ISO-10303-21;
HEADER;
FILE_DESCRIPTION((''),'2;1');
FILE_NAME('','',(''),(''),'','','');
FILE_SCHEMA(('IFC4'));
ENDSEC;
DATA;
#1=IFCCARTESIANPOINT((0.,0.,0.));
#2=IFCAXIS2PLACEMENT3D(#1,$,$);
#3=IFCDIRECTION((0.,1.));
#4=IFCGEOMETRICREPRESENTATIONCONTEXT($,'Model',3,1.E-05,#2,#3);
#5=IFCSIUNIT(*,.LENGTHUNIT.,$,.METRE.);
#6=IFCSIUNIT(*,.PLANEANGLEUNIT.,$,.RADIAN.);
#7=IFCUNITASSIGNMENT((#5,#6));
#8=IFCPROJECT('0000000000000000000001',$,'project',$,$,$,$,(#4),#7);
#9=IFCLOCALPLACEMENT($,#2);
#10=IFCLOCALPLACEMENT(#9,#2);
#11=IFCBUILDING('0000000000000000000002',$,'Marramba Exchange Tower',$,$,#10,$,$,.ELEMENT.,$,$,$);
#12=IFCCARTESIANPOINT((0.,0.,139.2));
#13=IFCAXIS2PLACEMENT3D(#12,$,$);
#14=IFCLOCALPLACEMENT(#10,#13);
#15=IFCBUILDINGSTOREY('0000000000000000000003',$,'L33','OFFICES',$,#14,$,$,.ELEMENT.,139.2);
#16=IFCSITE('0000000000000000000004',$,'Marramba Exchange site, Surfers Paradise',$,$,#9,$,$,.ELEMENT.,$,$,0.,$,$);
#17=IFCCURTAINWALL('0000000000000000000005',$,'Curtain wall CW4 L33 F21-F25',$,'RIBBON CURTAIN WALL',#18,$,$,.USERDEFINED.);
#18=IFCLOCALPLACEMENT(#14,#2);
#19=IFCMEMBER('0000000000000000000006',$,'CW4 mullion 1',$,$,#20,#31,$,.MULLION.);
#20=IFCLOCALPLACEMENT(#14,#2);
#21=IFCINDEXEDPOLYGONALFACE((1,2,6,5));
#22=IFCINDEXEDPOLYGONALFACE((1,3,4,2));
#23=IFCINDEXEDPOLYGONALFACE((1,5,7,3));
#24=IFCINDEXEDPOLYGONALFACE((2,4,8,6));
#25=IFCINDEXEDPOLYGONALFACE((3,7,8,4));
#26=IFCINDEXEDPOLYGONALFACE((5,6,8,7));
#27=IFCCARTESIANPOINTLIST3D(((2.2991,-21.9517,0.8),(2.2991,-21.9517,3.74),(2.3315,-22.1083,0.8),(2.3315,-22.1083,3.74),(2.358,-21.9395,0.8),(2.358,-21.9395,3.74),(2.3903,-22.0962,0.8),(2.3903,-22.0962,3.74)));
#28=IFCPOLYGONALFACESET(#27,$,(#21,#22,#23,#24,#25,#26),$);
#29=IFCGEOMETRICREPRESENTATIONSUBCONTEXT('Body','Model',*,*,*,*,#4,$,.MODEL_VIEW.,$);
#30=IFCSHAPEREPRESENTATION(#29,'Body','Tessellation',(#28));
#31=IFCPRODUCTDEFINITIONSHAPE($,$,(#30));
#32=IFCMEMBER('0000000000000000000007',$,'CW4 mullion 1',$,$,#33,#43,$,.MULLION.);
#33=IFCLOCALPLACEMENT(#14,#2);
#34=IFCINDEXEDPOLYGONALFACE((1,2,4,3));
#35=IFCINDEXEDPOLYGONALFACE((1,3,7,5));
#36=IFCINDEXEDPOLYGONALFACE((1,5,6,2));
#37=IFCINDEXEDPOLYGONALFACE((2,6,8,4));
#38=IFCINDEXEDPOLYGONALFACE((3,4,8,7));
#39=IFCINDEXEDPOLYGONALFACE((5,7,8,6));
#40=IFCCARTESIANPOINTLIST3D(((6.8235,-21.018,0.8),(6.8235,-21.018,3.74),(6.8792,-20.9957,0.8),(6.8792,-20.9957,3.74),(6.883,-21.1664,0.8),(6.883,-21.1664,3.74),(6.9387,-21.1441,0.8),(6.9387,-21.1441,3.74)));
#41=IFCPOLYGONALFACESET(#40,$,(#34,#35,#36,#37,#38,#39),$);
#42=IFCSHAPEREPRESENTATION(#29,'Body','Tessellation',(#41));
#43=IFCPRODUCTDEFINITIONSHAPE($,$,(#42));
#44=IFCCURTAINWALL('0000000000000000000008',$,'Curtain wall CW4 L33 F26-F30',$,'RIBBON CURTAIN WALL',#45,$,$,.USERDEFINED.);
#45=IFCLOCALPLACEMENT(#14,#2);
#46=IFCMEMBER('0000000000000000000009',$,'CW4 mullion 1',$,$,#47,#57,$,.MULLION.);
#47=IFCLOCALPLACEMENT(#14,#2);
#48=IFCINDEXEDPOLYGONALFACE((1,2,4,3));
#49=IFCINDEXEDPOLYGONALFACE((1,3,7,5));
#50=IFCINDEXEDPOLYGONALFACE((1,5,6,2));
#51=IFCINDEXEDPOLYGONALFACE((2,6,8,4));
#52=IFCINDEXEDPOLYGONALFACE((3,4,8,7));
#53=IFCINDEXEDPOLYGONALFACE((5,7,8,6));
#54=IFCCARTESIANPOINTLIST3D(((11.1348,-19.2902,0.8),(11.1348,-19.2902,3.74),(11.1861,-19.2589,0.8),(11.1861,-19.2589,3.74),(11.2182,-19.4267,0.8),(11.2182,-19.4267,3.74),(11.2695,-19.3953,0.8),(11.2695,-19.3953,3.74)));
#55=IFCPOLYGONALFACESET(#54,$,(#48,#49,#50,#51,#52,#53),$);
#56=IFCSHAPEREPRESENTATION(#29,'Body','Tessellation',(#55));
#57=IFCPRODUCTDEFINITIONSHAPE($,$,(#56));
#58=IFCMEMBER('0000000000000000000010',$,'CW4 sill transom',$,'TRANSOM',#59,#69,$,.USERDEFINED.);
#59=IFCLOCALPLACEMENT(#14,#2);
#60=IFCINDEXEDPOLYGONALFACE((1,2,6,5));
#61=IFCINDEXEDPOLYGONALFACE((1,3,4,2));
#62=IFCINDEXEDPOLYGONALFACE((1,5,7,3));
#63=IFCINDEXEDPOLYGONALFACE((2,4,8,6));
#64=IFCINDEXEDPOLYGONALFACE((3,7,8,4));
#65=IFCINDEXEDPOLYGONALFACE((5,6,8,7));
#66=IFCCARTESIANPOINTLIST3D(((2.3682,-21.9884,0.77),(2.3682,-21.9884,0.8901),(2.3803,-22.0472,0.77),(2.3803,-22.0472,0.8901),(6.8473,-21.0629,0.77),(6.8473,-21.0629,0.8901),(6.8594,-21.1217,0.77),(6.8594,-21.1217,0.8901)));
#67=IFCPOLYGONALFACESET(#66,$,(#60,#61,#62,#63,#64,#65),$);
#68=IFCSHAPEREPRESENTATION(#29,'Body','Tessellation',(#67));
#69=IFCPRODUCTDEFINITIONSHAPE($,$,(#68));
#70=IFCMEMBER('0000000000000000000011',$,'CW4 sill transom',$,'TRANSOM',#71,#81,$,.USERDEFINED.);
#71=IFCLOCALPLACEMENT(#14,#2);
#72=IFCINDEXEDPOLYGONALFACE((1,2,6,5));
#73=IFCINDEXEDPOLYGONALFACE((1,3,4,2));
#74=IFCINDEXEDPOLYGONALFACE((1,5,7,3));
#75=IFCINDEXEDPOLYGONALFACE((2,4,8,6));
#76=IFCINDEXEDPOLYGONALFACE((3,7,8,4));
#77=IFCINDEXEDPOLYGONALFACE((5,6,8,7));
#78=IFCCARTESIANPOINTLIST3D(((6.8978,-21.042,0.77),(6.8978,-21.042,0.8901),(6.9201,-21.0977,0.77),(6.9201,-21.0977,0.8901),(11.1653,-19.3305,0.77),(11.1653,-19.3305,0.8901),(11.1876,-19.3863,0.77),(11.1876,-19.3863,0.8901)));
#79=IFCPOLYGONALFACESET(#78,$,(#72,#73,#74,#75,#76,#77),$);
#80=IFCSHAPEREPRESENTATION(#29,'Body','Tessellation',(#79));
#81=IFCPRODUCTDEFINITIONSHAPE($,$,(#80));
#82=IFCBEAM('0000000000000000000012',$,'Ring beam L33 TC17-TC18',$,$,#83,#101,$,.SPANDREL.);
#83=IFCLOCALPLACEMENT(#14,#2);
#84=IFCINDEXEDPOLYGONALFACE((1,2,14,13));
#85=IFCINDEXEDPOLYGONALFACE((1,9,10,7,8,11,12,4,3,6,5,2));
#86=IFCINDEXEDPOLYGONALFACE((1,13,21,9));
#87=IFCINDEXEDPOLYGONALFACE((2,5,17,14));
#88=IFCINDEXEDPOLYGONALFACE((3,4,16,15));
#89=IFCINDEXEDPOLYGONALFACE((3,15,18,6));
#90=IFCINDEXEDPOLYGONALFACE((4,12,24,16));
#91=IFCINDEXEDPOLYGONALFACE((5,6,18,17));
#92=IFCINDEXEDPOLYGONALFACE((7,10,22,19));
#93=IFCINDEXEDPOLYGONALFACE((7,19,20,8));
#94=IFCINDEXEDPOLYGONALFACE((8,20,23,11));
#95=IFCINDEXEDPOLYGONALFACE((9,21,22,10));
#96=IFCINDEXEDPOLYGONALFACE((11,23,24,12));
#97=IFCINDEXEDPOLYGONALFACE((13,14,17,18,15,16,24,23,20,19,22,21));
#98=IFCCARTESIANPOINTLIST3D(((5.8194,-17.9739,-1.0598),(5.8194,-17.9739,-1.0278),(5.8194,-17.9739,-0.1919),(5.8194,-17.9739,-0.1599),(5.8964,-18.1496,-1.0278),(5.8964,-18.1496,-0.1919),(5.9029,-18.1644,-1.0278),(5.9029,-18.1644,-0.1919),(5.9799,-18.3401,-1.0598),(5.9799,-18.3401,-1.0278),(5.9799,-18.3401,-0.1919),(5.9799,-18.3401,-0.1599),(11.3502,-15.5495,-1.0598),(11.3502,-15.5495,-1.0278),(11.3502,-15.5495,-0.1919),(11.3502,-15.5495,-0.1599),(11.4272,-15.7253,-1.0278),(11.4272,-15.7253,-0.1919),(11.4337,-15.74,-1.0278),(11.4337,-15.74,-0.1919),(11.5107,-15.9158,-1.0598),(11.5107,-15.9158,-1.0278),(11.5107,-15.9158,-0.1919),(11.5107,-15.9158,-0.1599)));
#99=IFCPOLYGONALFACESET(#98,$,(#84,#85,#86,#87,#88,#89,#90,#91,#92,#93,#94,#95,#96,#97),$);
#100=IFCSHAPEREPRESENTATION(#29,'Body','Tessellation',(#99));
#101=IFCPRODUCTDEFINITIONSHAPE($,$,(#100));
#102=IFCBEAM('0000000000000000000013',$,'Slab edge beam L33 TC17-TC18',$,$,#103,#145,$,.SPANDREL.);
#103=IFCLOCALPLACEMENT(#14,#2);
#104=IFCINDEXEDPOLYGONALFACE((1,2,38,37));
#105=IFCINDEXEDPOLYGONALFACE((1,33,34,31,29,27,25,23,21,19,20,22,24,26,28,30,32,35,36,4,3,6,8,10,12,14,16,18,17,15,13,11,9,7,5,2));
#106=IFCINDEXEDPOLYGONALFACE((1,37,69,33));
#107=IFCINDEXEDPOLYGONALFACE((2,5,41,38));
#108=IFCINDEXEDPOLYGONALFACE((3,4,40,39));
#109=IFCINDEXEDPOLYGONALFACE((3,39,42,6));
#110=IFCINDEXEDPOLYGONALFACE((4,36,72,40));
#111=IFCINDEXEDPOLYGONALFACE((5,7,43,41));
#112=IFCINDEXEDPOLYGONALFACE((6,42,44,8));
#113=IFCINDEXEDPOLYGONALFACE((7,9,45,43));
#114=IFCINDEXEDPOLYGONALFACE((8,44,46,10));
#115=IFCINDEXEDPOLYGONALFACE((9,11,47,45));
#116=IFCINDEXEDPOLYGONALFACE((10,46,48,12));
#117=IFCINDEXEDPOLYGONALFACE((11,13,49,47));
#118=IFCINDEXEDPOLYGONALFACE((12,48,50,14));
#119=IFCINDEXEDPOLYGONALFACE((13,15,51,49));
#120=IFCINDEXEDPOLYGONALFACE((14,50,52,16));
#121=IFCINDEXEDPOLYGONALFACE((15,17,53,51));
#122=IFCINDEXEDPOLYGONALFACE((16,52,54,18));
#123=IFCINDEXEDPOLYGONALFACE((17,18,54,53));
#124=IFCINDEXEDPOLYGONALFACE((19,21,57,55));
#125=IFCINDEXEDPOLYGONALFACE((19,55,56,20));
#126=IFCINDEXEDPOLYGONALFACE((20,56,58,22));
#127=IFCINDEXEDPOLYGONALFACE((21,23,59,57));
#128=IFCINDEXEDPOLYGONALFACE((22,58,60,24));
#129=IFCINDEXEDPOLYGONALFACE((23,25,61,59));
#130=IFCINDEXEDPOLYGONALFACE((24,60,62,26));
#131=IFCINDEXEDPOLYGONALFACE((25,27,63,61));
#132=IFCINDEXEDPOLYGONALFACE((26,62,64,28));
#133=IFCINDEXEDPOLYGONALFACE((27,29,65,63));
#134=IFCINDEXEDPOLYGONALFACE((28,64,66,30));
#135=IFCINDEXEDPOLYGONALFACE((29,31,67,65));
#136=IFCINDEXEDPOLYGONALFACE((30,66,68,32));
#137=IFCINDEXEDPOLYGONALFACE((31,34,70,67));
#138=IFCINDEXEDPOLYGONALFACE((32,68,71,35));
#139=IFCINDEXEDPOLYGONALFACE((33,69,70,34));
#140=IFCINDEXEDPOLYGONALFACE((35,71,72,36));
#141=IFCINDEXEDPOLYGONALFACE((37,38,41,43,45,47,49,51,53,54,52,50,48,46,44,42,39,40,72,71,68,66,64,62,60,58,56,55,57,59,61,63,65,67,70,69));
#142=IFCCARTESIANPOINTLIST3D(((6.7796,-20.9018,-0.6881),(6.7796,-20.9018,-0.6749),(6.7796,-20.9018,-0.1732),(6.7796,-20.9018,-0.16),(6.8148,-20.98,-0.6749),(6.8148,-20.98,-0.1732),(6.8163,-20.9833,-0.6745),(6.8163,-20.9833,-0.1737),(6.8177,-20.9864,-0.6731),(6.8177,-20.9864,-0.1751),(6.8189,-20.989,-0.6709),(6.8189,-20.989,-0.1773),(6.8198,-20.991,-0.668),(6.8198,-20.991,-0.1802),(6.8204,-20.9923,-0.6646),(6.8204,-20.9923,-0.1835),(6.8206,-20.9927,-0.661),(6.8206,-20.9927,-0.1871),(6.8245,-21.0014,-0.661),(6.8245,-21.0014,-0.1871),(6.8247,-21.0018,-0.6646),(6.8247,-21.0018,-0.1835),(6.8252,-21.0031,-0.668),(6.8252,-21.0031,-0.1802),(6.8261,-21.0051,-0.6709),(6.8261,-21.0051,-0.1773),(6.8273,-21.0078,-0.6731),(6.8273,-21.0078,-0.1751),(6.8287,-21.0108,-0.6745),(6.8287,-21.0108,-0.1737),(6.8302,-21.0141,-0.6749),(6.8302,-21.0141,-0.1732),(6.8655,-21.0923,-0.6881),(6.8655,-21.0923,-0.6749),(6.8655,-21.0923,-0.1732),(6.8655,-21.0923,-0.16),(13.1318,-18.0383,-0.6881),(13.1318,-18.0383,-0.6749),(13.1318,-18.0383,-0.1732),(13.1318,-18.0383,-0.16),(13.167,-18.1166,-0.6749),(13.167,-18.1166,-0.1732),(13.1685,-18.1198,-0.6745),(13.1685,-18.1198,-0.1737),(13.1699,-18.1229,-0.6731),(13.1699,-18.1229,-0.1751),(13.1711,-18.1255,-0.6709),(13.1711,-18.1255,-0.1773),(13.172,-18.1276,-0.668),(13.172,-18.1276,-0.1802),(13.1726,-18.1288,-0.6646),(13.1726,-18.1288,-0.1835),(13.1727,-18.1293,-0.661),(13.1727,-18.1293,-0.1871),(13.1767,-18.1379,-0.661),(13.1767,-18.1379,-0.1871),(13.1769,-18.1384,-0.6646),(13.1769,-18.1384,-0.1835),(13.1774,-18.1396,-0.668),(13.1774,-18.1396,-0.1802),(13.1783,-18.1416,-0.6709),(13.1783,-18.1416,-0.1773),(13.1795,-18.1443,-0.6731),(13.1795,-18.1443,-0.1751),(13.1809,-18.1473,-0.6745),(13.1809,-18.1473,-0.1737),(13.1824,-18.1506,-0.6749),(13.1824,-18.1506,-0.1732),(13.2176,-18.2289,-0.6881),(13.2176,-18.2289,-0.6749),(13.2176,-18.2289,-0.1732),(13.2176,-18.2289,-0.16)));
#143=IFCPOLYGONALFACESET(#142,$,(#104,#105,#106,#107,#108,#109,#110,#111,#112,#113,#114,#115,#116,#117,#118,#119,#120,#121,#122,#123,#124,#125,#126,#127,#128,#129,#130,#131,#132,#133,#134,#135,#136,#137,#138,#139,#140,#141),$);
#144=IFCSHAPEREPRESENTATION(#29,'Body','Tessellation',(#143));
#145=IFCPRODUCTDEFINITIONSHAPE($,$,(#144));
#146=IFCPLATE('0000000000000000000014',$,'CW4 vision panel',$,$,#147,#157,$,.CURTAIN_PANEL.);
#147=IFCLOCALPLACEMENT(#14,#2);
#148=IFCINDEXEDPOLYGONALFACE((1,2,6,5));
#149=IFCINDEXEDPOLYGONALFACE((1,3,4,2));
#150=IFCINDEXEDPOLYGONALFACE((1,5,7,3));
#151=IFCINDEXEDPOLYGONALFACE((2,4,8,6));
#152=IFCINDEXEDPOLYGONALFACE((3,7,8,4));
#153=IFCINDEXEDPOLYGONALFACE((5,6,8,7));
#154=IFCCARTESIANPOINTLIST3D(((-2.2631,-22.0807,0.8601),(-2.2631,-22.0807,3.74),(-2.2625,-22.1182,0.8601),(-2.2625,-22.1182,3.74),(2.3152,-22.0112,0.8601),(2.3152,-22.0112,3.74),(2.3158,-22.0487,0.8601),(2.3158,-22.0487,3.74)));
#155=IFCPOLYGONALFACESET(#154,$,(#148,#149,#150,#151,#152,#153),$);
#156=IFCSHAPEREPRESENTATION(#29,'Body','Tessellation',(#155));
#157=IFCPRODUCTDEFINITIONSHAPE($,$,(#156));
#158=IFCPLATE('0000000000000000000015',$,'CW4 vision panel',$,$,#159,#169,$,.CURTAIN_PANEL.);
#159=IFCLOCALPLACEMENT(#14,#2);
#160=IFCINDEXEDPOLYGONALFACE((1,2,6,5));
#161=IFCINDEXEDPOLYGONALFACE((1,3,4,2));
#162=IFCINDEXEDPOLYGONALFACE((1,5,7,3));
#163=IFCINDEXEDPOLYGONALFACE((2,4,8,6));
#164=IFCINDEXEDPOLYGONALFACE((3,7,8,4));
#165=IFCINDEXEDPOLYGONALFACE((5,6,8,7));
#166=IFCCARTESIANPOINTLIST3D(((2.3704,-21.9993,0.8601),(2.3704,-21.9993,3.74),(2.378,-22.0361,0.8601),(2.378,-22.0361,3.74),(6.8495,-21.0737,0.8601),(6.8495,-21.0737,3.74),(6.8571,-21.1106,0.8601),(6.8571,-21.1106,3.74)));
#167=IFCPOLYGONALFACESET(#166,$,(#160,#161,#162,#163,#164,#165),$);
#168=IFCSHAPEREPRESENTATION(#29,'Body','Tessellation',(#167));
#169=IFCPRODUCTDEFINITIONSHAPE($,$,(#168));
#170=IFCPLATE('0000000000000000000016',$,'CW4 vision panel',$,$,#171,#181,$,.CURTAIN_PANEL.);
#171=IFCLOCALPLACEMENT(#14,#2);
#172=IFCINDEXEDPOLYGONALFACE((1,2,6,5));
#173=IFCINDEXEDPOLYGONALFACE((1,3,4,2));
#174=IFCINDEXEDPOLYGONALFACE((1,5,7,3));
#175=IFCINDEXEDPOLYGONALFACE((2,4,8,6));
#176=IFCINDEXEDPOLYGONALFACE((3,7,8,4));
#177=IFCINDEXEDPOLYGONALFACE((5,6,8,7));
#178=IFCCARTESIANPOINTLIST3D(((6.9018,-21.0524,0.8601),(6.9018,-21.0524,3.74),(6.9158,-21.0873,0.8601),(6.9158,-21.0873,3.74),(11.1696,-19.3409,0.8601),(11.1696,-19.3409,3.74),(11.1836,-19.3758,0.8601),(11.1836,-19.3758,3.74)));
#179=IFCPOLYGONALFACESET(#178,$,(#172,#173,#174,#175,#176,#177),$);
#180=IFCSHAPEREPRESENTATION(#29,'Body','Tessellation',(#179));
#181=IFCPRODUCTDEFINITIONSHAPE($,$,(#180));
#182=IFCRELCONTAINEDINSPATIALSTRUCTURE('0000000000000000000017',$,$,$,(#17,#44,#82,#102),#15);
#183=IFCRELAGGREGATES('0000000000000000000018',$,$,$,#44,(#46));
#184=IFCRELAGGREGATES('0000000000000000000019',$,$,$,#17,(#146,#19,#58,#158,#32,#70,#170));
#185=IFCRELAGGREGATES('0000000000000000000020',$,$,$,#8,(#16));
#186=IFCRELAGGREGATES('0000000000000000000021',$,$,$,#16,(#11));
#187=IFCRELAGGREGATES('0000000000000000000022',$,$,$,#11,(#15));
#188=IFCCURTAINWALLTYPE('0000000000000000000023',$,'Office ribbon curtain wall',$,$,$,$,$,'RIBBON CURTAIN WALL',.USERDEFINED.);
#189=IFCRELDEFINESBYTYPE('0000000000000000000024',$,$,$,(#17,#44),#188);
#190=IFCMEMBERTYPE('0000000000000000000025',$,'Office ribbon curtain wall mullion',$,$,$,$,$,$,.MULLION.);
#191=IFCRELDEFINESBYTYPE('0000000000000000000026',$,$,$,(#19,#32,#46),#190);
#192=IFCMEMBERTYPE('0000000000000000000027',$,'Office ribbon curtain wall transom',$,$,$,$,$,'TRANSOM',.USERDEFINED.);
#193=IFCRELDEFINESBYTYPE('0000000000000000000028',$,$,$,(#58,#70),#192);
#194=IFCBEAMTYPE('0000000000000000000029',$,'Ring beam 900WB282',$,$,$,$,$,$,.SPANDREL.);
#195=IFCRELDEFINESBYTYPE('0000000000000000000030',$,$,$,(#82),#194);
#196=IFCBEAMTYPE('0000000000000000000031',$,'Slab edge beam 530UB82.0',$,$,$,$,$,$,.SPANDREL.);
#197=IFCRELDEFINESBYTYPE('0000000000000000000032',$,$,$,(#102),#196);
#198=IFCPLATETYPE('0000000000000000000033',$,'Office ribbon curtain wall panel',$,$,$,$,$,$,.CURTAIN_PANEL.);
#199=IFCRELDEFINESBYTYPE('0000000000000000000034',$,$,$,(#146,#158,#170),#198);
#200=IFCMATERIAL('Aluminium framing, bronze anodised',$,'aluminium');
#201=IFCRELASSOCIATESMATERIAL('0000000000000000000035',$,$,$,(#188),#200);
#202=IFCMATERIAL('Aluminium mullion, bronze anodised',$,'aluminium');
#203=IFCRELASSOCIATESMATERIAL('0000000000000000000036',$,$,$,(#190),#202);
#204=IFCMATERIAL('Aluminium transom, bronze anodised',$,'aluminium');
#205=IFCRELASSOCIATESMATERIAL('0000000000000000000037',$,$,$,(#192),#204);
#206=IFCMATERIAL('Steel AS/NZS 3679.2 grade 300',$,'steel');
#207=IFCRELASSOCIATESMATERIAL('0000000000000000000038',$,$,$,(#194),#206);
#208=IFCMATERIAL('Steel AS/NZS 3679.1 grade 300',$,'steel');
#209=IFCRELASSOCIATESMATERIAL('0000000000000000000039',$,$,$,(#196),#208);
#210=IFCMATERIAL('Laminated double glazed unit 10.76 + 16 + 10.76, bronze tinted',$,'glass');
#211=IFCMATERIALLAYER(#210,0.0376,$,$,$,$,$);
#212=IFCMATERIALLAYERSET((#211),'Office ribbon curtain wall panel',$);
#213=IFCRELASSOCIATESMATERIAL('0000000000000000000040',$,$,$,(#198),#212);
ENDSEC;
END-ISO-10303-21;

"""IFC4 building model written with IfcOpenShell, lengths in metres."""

from ifc_helpers import new_model, si_unit, direction, frame, origin, origin_2d, place, context, subcontext, project, spatial, rectangle, i_section, extrude, material, layer, layer_set, material_profile, profile_set, type_object, element, aggregate, save


model = new_model("IFC4")

# Units and contexts
model_context = context("Model", 3, precision=1e-05, world=origin(), true_north=direction((0.0, 1.0)))
body_context = subcontext(model_context, "Body", "Model", "MODEL_VIEW")
ifc_project = project(units=[si_unit("LENGTHUNIT", "METRE"), si_unit("PLANEANGLEUNIT", "RADIAN")], contexts=[model_context])

# Site, building, storey
site_placement = place(None, origin())
site = spatial("IfcSite", under=ifc_project, at=site_placement, Name="Marramba Exchange site, Surfers Paradise", CompositionType="ELEMENT", RefElevation=0.0)
building_placement = place(site_placement, origin())
building = spatial("IfcBuilding", under=site, at=building_placement, Name="Marramba Exchange Tower", CompositionType="ELEMENT")
storey_placement = place(building_placement, frame((0.0, 0.0, 139.2)))
storey = spatial("IfcBuildingStorey", under=building, at=storey_placement, Name="L33", Description="OFFICES", CompositionType="ELEMENT", Elevation=139.2)

# Shared definitions
ifc_material_1 = material(Name="Steel AS/NZS 3679.2 grade 300", Category="steel")
ifc_material_2 = material(Name="Steel AS/NZS 3679.1 grade 300", Category="steel")

# Curtain wall, members
ifc_material_3 = material(Name="Aluminium framing, bronze anodised", Category="aluminium")
curtain_wall_type = type_object("IfcCurtainWallType", Name="Office ribbon curtain wall", ElementType="RIBBON CURTAIN WALL", PredefinedType="USERDEFINED", material=ifc_material_3)
curtain_wall_1_placement = place(storey_placement, origin())
curtain_wall_1 = element("IfcCurtainWall", 1, at=curtain_wall_1_placement, inside=storey, type_object=curtain_wall_type, Name="Curtain wall CW4 L33 F21-F25", ObjectType="RIBBON CURTAIN WALL", PredefinedType="USERDEFINED")
ifc_material_4 = material(Name="Aluminium mullion, bronze anodised", Category="aluminium")
ifc_material_profile_1 = material_profile(ifc_material_4, rectangle(XDim=0.1599, YDim=0.0601, at=origin_2d()), Name="CW4 mullion 60x160")
ifc_profile_set_1 = profile_set([ifc_material_profile_1], Name="Aluminium mullion, bronze anodised")
member_type_1 = type_object("IfcMemberType", Name="Office ribbon curtain wall mullion", PredefinedType="MULLION", material=ifc_profile_set_1)
member_1_placement = place(storey_placement, frame((2.3447, -22.0239, 0.8), z_axis=(0.0, 0.0, 1.0), x_axis=(-0.202365, 0.97931, 0.0)))
member_1 = element("IfcMember", 2, at=member_1_placement, type_object=member_type_1, Name="CW4 mullion 1", PredefinedType="MULLION", context=body_context, shape_type="SweptSolid", body=[
    extrude(rectangle(XDim=0.1599, YDim=0.0601, at=origin_2d()), origin(), (0.0, 0.0, 1.0), 2.9399),
])
member_2_placement = place(storey_placement, frame((6.8811, -21.0811, 0.8), z_axis=(0.0, 0.0, 1.0), x_axis=(-0.372209, 0.928149, 0.0)))
member_2 = element("IfcMember", 3, at=member_2_placement, type_object=member_type_1, Name="CW4 mullion 1", PredefinedType="MULLION", context=body_context, shape_type="SweptSolid", body=[
    extrude(rectangle(XDim=0.1599, YDim=0.0601, at=origin_2d()), origin(), (0.0, 0.0, 1.0), 2.9399),
])

# Curtain wall, member
curtain_wall_2_placement = place(storey_placement, origin())
curtain_wall_2 = element("IfcCurtainWall", 4, at=curtain_wall_2_placement, inside=storey, type_object=curtain_wall_type, Name="Curtain wall CW4 L33 F26-F30", ObjectType="RIBBON CURTAIN WALL", PredefinedType="USERDEFINED")
member_3_placement = place(storey_placement, frame((11.2021, -19.3428, 0.8), z_axis=(0.0, 0.0, 1.0), x_axis=(-0.521733, 0.853109, 0.0)))
member_3 = element("IfcMember", 5, at=member_3_placement, type_object=member_type_1, Name="CW4 mullion 1", PredefinedType="MULLION", context=body_context, shape_type="SweptSolid", body=[
    extrude(rectangle(XDim=0.1599, YDim=0.0601, at=origin_2d()), origin(), (0.0, 0.0, 1.0), 2.9399),
])
aggregate(curtain_wall_2, [member_3])

# Members
ifc_material_5 = material(Name="Aluminium transom, bronze anodised", Category="aluminium")
ifc_material_profile_2 = material_profile(ifc_material_5, rectangle(XDim=0.0601, YDim=0.1201, at=origin_2d()), Name="CW4 transom 60x120")
ifc_profile_set_2 = profile_set([ifc_material_profile_2], Name="Aluminium transom, bronze anodised")
member_type_2 = type_object("IfcMemberType", Name="Office ribbon curtain wall transom", ElementType="TRANSOM", PredefinedType="USERDEFINED", material=ifc_profile_set_2)
member_4_placement = place(storey_placement, frame((2.3743, -22.0178, 0.8301), z_axis=(0.97931, 0.202364, 0.0), x_axis=(-0.202364, 0.97931, 0.0)))
member_4 = element("IfcMember", 6, at=member_4_placement, type_object=member_type_2, Name="CW4 sill transom", ObjectType="TRANSOM", PredefinedType="USERDEFINED", context=body_context, shape_type="SweptSolid", body=[
    extrude(rectangle(XDim=0.0601, YDim=0.1201, at=origin_2d()), origin(), (0.0, 0.0, 1.0), 4.5737),
])
member_5_placement = place(storey_placement, frame((6.9089, -21.0698, 0.8301), z_axis=(0.928147, 0.372214, 0.0), x_axis=(-0.372214, 0.928147, 0.0)))
member_5 = element("IfcMember", 7, at=member_5_placement, type_object=member_type_2, Name="CW4 sill transom", ObjectType="TRANSOM", PredefinedType="USERDEFINED", context=body_context, shape_type="SweptSolid", body=[
    extrude(rectangle(XDim=0.0601, YDim=0.1201, at=origin_2d()), origin(), (0.0, 0.0, 1.0), 4.5979),
])

# Beams
ifc_material_profile_3 = material_profile(ifc_material_1, i_section(OverallWidth=0.3999, OverallDepth=0.8999, WebThickness=0.0161, FlangeThickness=0.032, at=origin_2d()), Name="900WB282")
ifc_profile_set_3 = profile_set([ifc_material_profile_3], Name="Steel AS/NZS 3679.2 grade 300")
beam_type_1 = type_object("IfcBeamType", Name="Ring beam 900WB282", PredefinedType="SPANDREL", material=ifc_profile_set_3)
beam_1_placement = place(storey_placement, frame((5.8997, -18.157, -0.6099), z_axis=(0.915877, 0.401459, 0.0), x_axis=(-0.401459, 0.915877, 0.0)))
element("IfcBeam", 8, at=beam_1_placement, inside=storey, type_object=beam_type_1, Name="Ring beam L33 TC17-TC18", PredefinedType="SPANDREL", context=body_context, shape_type="SweptSolid", body=[
    extrude(i_section(OverallWidth=0.3999, OverallDepth=0.8999, WebThickness=0.0161, FlangeThickness=0.032, at=origin_2d()), origin(), (0.0, 0.0, 1.0), 6.0388),
])
ifc_material_profile_4 = material_profile(ifc_material_2, i_section(OverallWidth=0.209, OverallDepth=0.5281, WebThickness=0.0095, FlangeThickness=0.0132, FilletRadius=0.0139, at=origin_2d()), Name="530UB82.0")
ifc_profile_set_4 = profile_set([ifc_material_profile_4], Name="Steel AS/NZS 3679.1 grade 300")
beam_type_2 = type_object("IfcBeamType", Name="Slab edge beam 530UB82.0", PredefinedType="SPANDREL", material=ifc_profile_set_4)
beam_2_placement = place(storey_placement, frame((6.8225, -20.9971, -0.4241), z_axis=(0.911653, 0.41096, 0.0), x_axis=(-0.41096, 0.911653, 0.0)))
element("IfcBeam", 9, at=beam_2_placement, inside=storey, type_object=beam_type_2, Name="Slab edge beam L33 TC17-TC18", PredefinedType="SPANDREL", context=body_context, shape_type="SweptSolid", body=[
    extrude(i_section(OverallWidth=0.209, OverallDepth=0.5281, WebThickness=0.0095, FlangeThickness=0.0132, FilletRadius=0.0139, at=origin_2d()), origin(), (0.0, 0.0, 1.0), 6.9678),
])

# Plates
ifc_material_6 = material(Name="Laminated double glazed unit 10.76 + 16 + 10.76, bronze tinted", Category="glass")
ifc_layer_1 = layer(ifc_material_6, 0.0376)
ifc_layer_set_1 = layer_set([ifc_layer_1], Name="Office ribbon curtain wall panel")
plate_type = type_object("IfcPlateType", Name="Office ribbon curtain wall panel", PredefinedType="CURTAIN_PANEL", material=ifc_layer_set_1)
plate_1_placement = place(storey_placement, frame((0.0264, -22.0647, 0.8601), z_axis=(0.0, 0.0, 1.0), x_axis=(0.999885, 0.015179, 0.0)))
plate_1 = element("IfcPlate", 10, at=plate_1_placement, type_object=plate_type, Name="CW4 vision panel", PredefinedType="CURTAIN_PANEL", context=body_context, shape_type="SweptSolid", body=[
    extrude(rectangle(XDim=4.5789, YDim=0.0376, at=origin_2d()), origin(), (0.0, 0.0, 1.0), 2.8799),
])
plate_2_placement = place(storey_placement, frame((4.6138, -21.5549, 0.8601), z_axis=(0.0, 0.0, 1.0), x_axis=(0.97931, 0.202365, 0.0)))
plate_2 = element("IfcPlate", 11, at=plate_2_placement, type_object=plate_type, Name="CW4 vision panel", PredefinedType="CURTAIN_PANEL", context=body_context, shape_type="SweptSolid", body=[
    extrude(rectangle(XDim=4.5737, YDim=0.0376, at=origin_2d()), origin(), (0.0, 0.0, 1.0), 2.8799),
])
plate_3_placement = place(storey_placement, frame((9.0427, -20.2141, 0.8601), z_axis=(0.0, 0.0, 1.0), x_axis=(0.928149, 0.372209, 0.0)))
plate_3 = element("IfcPlate", 12, at=plate_3_placement, type_object=plate_type, Name="CW4 vision panel", PredefinedType="CURTAIN_PANEL", context=body_context, shape_type="SweptSolid", body=[
    extrude(rectangle(XDim=4.5981, YDim=0.0376, at=origin_2d()), origin(), (0.0, 0.0, 1.0), 2.8799),
])
aggregate(curtain_wall_1, [plate_1, member_1, member_4, plate_2, member_2, member_5, plate_3])

save(model, "model.ifc")
